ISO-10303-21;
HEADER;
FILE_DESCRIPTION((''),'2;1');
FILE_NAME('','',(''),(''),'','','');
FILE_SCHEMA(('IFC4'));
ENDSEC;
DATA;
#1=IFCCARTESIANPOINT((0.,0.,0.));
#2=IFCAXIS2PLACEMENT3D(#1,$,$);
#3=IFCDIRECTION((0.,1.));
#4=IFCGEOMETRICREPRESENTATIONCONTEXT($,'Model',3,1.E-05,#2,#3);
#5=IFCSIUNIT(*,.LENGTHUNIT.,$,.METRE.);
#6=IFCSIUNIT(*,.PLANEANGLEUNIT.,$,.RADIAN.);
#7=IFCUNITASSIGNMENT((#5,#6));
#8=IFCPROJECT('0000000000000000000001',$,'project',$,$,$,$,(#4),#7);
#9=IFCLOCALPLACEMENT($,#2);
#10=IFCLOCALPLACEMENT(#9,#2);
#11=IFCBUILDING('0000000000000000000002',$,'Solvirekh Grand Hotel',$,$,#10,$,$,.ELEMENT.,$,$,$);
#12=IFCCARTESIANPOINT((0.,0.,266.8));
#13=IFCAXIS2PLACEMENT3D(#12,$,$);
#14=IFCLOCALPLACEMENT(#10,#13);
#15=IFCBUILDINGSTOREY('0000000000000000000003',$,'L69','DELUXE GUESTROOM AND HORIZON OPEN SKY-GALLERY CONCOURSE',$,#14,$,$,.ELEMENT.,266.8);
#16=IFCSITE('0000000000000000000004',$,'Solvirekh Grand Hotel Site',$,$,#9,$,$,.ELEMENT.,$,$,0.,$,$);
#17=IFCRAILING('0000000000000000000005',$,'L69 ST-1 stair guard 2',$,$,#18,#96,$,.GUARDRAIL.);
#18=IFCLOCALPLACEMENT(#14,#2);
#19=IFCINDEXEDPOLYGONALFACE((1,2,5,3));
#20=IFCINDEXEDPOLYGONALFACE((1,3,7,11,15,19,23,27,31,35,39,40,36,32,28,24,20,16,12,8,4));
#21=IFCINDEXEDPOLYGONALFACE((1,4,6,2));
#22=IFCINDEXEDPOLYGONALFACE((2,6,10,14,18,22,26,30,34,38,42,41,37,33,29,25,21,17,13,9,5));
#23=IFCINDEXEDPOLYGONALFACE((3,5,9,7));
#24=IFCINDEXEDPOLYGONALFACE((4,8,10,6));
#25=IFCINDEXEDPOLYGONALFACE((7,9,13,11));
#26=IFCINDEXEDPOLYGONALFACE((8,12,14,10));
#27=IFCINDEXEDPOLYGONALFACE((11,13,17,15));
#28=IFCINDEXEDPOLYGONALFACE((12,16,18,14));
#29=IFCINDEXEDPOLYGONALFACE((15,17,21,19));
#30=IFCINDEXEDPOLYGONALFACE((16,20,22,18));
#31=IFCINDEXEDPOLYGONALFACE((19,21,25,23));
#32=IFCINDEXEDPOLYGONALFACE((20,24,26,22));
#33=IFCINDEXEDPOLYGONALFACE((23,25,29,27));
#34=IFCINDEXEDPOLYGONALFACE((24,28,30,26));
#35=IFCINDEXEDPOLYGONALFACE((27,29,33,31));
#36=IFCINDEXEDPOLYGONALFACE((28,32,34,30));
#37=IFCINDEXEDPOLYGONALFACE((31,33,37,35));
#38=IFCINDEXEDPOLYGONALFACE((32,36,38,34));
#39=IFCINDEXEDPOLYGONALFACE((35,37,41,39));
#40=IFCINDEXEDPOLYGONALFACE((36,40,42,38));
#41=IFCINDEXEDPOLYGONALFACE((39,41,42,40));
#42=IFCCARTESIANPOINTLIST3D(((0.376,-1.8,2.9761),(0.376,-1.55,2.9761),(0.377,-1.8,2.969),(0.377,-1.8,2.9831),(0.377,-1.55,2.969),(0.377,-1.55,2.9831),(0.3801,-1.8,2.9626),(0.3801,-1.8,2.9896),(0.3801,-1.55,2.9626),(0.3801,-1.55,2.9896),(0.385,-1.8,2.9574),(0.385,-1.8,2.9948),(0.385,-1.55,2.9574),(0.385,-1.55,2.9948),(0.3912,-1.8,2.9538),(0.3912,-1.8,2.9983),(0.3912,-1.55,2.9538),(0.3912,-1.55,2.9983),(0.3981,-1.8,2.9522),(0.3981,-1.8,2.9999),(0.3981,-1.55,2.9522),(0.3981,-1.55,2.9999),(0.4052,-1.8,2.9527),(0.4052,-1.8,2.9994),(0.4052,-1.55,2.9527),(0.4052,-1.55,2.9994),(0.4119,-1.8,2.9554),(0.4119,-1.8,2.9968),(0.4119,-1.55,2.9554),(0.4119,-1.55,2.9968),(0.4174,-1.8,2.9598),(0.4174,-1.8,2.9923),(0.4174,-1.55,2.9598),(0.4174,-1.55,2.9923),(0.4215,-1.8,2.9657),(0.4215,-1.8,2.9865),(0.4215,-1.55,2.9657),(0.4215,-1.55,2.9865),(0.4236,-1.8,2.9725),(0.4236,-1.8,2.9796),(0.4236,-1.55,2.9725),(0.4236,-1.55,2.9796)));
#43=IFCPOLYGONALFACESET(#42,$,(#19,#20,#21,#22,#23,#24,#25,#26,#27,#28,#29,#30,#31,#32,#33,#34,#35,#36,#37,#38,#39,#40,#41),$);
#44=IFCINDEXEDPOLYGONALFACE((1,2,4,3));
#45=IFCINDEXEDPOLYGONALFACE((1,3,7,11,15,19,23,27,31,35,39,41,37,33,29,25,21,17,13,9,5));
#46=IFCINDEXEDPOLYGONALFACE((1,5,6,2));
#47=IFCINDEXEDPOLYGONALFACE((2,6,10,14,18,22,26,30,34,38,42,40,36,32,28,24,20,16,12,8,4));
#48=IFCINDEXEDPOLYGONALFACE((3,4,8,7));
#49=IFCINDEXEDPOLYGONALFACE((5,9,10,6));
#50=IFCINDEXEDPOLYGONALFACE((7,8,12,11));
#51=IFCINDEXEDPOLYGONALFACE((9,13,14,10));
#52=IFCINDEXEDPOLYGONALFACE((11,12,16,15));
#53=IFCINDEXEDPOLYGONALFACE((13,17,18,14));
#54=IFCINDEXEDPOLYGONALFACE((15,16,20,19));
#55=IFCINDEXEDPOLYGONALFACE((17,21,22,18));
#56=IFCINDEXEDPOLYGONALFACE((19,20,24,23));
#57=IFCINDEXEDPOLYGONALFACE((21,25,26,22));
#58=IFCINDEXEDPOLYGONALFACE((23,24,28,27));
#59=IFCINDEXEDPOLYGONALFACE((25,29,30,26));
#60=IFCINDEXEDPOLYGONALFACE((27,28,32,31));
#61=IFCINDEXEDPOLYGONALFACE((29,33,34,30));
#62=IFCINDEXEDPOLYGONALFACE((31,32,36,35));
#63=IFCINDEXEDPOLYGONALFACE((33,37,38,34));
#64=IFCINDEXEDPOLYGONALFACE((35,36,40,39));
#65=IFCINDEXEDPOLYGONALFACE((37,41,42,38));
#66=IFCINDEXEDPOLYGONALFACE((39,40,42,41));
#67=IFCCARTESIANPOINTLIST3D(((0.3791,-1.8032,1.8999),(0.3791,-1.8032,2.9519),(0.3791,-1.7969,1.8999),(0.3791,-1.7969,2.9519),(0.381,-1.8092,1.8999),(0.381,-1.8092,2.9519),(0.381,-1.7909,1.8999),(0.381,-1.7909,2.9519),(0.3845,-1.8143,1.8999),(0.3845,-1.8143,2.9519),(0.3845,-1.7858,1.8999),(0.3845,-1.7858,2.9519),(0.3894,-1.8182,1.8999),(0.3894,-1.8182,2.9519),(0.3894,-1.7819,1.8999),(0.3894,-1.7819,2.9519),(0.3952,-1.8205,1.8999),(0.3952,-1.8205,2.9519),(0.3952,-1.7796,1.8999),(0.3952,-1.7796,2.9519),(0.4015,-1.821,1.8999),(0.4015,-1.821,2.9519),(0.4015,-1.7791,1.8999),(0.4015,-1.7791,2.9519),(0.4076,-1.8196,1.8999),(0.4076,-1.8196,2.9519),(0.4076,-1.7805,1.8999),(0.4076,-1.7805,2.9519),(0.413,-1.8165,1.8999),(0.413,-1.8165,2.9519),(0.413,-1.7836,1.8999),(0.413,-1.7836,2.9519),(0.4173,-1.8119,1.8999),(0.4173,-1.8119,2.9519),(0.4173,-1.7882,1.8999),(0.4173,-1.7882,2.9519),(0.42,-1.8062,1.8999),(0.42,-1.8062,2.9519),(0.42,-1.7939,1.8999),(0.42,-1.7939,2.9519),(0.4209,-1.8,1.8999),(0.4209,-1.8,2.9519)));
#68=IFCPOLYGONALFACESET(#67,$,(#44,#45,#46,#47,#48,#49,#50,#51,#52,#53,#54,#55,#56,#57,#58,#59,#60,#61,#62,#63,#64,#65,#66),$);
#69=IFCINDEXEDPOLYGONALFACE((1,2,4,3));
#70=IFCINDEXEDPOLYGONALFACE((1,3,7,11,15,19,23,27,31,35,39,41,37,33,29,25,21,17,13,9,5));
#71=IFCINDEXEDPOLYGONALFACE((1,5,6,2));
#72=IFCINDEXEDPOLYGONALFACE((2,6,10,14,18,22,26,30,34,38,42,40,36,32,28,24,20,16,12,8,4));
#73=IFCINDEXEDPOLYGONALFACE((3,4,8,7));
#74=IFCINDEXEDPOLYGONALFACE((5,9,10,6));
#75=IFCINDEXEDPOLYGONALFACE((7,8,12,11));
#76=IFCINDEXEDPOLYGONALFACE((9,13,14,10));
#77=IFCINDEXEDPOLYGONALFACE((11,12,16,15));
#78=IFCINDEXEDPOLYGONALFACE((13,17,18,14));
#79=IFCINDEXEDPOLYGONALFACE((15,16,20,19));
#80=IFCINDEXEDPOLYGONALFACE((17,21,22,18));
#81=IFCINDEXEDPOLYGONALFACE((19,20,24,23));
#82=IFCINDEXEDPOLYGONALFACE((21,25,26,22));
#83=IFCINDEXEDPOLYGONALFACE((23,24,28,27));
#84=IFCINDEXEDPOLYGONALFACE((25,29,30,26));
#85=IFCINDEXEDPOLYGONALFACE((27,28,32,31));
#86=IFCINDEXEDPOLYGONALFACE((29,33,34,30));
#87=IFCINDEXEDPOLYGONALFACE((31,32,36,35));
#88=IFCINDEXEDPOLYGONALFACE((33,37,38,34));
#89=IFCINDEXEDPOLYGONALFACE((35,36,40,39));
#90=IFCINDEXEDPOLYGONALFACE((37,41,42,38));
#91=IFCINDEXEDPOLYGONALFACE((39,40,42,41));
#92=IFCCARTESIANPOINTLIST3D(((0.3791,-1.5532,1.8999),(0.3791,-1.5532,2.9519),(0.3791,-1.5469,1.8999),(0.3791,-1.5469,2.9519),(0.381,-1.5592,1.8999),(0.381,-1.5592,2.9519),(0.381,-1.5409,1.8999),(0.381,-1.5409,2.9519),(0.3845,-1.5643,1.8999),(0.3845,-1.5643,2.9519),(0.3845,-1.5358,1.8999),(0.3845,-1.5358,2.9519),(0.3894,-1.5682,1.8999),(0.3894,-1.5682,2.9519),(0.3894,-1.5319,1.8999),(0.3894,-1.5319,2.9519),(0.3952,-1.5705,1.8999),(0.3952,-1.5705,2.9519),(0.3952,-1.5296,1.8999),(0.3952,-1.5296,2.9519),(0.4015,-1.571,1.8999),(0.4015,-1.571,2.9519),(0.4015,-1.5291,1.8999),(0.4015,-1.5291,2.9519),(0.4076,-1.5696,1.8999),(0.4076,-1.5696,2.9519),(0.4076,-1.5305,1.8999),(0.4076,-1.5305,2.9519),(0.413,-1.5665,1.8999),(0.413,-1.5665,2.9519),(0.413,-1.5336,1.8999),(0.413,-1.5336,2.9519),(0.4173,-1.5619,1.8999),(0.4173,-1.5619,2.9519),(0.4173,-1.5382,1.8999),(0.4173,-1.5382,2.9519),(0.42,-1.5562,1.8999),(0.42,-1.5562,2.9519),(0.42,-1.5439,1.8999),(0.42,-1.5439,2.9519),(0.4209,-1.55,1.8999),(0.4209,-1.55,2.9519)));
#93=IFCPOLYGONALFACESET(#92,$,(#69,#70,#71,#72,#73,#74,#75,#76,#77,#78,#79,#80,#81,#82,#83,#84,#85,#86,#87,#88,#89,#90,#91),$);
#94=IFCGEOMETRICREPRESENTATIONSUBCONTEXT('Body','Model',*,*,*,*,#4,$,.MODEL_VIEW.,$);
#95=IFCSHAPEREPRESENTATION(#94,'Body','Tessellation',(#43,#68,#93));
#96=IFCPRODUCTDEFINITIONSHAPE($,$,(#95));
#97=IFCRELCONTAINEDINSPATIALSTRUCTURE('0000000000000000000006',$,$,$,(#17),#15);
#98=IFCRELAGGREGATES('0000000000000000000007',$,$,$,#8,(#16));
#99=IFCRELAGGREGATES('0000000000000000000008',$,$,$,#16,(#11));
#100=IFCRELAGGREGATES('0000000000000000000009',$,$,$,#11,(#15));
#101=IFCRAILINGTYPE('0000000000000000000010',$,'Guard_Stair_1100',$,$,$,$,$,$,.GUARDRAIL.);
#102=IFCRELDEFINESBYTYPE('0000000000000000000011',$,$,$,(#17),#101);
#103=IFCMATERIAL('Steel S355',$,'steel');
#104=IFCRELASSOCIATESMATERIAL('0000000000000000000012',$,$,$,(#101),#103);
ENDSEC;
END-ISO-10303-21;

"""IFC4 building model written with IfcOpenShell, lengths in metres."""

from ifc_helpers import new_model, si_unit, direction, frame, origin, origin_2d, place, context, subcontext, project, spatial, circle, extrude, material, type_object, element, save


model = new_model("IFC4")

# Units and contexts
model_context = context("Model", 3, precision=1e-05, world=origin(), true_north=direction((0.0, 1.0)))
body_context = subcontext(model_context, "Body", "Model", "MODEL_VIEW")
ifc_project = project(units=[si_unit("LENGTHUNIT", "METRE"), si_unit("PLANEANGLEUNIT", "RADIAN")], contexts=[model_context])

# Site, building, storey
site_placement = place(None, origin())
site = spatial("IfcSite", under=ifc_project, at=site_placement, Name="Solvirekh Grand Hotel Site", CompositionType="ELEMENT", RefElevation=0.0)
building_placement = place(site_placement, origin())
building = spatial("IfcBuilding", under=site, at=building_placement, Name="Solvirekh Grand Hotel", CompositionType="ELEMENT")
storey_placement = place(building_placement, frame((0.0, 0.0, 266.8)))
storey = spatial("IfcBuildingStorey", under=building, at=storey_placement, Name="L69", Description="DELUXE GUESTROOM AND HORIZON OPEN SKY-GALLERY CONCOURSE", CompositionType="ELEMENT", Elevation=266.8)

# Shared definitions
ifc_material_1 = material(Name="Steel S355", Category="steel")

# Railing
railing_type_1 = type_object("IfcRailingType", Name="Guard_Stair_1100", PredefinedType="GUARDRAIL", material=ifc_material_1)
railing_1_placement = place(storey_placement, frame((0.3999, -1.8, 1.8999)))
element("IfcRailing", 1, at=railing_1_placement, inside=storey, type_object=railing_type_1, Name="L69 ST-1 stair guard 2", PredefinedType="GUARDRAIL", context=body_context, shape_type="SweptSolid", body=[
    extrude(circle(Radius=0.0239, at=origin_2d()), frame((0.0, 0.0, 1.0762), z_axis=(0.0, 1.0, 0.0), x_axis=(-1.0, 0.0, 0.0)), (0.0, 0.0, 1.0), 0.25),
    extrude(circle(Radius=0.021, at=origin_2d()), origin(), (0.0, 0.0, 1.0), 1.052),
    extrude(circle(Radius=0.021, at=origin_2d()), frame((0.0, 0.25, 0.0)), (0.0, 0.0, 1.0), 1.052),
])

save(model, "model.ifc")
